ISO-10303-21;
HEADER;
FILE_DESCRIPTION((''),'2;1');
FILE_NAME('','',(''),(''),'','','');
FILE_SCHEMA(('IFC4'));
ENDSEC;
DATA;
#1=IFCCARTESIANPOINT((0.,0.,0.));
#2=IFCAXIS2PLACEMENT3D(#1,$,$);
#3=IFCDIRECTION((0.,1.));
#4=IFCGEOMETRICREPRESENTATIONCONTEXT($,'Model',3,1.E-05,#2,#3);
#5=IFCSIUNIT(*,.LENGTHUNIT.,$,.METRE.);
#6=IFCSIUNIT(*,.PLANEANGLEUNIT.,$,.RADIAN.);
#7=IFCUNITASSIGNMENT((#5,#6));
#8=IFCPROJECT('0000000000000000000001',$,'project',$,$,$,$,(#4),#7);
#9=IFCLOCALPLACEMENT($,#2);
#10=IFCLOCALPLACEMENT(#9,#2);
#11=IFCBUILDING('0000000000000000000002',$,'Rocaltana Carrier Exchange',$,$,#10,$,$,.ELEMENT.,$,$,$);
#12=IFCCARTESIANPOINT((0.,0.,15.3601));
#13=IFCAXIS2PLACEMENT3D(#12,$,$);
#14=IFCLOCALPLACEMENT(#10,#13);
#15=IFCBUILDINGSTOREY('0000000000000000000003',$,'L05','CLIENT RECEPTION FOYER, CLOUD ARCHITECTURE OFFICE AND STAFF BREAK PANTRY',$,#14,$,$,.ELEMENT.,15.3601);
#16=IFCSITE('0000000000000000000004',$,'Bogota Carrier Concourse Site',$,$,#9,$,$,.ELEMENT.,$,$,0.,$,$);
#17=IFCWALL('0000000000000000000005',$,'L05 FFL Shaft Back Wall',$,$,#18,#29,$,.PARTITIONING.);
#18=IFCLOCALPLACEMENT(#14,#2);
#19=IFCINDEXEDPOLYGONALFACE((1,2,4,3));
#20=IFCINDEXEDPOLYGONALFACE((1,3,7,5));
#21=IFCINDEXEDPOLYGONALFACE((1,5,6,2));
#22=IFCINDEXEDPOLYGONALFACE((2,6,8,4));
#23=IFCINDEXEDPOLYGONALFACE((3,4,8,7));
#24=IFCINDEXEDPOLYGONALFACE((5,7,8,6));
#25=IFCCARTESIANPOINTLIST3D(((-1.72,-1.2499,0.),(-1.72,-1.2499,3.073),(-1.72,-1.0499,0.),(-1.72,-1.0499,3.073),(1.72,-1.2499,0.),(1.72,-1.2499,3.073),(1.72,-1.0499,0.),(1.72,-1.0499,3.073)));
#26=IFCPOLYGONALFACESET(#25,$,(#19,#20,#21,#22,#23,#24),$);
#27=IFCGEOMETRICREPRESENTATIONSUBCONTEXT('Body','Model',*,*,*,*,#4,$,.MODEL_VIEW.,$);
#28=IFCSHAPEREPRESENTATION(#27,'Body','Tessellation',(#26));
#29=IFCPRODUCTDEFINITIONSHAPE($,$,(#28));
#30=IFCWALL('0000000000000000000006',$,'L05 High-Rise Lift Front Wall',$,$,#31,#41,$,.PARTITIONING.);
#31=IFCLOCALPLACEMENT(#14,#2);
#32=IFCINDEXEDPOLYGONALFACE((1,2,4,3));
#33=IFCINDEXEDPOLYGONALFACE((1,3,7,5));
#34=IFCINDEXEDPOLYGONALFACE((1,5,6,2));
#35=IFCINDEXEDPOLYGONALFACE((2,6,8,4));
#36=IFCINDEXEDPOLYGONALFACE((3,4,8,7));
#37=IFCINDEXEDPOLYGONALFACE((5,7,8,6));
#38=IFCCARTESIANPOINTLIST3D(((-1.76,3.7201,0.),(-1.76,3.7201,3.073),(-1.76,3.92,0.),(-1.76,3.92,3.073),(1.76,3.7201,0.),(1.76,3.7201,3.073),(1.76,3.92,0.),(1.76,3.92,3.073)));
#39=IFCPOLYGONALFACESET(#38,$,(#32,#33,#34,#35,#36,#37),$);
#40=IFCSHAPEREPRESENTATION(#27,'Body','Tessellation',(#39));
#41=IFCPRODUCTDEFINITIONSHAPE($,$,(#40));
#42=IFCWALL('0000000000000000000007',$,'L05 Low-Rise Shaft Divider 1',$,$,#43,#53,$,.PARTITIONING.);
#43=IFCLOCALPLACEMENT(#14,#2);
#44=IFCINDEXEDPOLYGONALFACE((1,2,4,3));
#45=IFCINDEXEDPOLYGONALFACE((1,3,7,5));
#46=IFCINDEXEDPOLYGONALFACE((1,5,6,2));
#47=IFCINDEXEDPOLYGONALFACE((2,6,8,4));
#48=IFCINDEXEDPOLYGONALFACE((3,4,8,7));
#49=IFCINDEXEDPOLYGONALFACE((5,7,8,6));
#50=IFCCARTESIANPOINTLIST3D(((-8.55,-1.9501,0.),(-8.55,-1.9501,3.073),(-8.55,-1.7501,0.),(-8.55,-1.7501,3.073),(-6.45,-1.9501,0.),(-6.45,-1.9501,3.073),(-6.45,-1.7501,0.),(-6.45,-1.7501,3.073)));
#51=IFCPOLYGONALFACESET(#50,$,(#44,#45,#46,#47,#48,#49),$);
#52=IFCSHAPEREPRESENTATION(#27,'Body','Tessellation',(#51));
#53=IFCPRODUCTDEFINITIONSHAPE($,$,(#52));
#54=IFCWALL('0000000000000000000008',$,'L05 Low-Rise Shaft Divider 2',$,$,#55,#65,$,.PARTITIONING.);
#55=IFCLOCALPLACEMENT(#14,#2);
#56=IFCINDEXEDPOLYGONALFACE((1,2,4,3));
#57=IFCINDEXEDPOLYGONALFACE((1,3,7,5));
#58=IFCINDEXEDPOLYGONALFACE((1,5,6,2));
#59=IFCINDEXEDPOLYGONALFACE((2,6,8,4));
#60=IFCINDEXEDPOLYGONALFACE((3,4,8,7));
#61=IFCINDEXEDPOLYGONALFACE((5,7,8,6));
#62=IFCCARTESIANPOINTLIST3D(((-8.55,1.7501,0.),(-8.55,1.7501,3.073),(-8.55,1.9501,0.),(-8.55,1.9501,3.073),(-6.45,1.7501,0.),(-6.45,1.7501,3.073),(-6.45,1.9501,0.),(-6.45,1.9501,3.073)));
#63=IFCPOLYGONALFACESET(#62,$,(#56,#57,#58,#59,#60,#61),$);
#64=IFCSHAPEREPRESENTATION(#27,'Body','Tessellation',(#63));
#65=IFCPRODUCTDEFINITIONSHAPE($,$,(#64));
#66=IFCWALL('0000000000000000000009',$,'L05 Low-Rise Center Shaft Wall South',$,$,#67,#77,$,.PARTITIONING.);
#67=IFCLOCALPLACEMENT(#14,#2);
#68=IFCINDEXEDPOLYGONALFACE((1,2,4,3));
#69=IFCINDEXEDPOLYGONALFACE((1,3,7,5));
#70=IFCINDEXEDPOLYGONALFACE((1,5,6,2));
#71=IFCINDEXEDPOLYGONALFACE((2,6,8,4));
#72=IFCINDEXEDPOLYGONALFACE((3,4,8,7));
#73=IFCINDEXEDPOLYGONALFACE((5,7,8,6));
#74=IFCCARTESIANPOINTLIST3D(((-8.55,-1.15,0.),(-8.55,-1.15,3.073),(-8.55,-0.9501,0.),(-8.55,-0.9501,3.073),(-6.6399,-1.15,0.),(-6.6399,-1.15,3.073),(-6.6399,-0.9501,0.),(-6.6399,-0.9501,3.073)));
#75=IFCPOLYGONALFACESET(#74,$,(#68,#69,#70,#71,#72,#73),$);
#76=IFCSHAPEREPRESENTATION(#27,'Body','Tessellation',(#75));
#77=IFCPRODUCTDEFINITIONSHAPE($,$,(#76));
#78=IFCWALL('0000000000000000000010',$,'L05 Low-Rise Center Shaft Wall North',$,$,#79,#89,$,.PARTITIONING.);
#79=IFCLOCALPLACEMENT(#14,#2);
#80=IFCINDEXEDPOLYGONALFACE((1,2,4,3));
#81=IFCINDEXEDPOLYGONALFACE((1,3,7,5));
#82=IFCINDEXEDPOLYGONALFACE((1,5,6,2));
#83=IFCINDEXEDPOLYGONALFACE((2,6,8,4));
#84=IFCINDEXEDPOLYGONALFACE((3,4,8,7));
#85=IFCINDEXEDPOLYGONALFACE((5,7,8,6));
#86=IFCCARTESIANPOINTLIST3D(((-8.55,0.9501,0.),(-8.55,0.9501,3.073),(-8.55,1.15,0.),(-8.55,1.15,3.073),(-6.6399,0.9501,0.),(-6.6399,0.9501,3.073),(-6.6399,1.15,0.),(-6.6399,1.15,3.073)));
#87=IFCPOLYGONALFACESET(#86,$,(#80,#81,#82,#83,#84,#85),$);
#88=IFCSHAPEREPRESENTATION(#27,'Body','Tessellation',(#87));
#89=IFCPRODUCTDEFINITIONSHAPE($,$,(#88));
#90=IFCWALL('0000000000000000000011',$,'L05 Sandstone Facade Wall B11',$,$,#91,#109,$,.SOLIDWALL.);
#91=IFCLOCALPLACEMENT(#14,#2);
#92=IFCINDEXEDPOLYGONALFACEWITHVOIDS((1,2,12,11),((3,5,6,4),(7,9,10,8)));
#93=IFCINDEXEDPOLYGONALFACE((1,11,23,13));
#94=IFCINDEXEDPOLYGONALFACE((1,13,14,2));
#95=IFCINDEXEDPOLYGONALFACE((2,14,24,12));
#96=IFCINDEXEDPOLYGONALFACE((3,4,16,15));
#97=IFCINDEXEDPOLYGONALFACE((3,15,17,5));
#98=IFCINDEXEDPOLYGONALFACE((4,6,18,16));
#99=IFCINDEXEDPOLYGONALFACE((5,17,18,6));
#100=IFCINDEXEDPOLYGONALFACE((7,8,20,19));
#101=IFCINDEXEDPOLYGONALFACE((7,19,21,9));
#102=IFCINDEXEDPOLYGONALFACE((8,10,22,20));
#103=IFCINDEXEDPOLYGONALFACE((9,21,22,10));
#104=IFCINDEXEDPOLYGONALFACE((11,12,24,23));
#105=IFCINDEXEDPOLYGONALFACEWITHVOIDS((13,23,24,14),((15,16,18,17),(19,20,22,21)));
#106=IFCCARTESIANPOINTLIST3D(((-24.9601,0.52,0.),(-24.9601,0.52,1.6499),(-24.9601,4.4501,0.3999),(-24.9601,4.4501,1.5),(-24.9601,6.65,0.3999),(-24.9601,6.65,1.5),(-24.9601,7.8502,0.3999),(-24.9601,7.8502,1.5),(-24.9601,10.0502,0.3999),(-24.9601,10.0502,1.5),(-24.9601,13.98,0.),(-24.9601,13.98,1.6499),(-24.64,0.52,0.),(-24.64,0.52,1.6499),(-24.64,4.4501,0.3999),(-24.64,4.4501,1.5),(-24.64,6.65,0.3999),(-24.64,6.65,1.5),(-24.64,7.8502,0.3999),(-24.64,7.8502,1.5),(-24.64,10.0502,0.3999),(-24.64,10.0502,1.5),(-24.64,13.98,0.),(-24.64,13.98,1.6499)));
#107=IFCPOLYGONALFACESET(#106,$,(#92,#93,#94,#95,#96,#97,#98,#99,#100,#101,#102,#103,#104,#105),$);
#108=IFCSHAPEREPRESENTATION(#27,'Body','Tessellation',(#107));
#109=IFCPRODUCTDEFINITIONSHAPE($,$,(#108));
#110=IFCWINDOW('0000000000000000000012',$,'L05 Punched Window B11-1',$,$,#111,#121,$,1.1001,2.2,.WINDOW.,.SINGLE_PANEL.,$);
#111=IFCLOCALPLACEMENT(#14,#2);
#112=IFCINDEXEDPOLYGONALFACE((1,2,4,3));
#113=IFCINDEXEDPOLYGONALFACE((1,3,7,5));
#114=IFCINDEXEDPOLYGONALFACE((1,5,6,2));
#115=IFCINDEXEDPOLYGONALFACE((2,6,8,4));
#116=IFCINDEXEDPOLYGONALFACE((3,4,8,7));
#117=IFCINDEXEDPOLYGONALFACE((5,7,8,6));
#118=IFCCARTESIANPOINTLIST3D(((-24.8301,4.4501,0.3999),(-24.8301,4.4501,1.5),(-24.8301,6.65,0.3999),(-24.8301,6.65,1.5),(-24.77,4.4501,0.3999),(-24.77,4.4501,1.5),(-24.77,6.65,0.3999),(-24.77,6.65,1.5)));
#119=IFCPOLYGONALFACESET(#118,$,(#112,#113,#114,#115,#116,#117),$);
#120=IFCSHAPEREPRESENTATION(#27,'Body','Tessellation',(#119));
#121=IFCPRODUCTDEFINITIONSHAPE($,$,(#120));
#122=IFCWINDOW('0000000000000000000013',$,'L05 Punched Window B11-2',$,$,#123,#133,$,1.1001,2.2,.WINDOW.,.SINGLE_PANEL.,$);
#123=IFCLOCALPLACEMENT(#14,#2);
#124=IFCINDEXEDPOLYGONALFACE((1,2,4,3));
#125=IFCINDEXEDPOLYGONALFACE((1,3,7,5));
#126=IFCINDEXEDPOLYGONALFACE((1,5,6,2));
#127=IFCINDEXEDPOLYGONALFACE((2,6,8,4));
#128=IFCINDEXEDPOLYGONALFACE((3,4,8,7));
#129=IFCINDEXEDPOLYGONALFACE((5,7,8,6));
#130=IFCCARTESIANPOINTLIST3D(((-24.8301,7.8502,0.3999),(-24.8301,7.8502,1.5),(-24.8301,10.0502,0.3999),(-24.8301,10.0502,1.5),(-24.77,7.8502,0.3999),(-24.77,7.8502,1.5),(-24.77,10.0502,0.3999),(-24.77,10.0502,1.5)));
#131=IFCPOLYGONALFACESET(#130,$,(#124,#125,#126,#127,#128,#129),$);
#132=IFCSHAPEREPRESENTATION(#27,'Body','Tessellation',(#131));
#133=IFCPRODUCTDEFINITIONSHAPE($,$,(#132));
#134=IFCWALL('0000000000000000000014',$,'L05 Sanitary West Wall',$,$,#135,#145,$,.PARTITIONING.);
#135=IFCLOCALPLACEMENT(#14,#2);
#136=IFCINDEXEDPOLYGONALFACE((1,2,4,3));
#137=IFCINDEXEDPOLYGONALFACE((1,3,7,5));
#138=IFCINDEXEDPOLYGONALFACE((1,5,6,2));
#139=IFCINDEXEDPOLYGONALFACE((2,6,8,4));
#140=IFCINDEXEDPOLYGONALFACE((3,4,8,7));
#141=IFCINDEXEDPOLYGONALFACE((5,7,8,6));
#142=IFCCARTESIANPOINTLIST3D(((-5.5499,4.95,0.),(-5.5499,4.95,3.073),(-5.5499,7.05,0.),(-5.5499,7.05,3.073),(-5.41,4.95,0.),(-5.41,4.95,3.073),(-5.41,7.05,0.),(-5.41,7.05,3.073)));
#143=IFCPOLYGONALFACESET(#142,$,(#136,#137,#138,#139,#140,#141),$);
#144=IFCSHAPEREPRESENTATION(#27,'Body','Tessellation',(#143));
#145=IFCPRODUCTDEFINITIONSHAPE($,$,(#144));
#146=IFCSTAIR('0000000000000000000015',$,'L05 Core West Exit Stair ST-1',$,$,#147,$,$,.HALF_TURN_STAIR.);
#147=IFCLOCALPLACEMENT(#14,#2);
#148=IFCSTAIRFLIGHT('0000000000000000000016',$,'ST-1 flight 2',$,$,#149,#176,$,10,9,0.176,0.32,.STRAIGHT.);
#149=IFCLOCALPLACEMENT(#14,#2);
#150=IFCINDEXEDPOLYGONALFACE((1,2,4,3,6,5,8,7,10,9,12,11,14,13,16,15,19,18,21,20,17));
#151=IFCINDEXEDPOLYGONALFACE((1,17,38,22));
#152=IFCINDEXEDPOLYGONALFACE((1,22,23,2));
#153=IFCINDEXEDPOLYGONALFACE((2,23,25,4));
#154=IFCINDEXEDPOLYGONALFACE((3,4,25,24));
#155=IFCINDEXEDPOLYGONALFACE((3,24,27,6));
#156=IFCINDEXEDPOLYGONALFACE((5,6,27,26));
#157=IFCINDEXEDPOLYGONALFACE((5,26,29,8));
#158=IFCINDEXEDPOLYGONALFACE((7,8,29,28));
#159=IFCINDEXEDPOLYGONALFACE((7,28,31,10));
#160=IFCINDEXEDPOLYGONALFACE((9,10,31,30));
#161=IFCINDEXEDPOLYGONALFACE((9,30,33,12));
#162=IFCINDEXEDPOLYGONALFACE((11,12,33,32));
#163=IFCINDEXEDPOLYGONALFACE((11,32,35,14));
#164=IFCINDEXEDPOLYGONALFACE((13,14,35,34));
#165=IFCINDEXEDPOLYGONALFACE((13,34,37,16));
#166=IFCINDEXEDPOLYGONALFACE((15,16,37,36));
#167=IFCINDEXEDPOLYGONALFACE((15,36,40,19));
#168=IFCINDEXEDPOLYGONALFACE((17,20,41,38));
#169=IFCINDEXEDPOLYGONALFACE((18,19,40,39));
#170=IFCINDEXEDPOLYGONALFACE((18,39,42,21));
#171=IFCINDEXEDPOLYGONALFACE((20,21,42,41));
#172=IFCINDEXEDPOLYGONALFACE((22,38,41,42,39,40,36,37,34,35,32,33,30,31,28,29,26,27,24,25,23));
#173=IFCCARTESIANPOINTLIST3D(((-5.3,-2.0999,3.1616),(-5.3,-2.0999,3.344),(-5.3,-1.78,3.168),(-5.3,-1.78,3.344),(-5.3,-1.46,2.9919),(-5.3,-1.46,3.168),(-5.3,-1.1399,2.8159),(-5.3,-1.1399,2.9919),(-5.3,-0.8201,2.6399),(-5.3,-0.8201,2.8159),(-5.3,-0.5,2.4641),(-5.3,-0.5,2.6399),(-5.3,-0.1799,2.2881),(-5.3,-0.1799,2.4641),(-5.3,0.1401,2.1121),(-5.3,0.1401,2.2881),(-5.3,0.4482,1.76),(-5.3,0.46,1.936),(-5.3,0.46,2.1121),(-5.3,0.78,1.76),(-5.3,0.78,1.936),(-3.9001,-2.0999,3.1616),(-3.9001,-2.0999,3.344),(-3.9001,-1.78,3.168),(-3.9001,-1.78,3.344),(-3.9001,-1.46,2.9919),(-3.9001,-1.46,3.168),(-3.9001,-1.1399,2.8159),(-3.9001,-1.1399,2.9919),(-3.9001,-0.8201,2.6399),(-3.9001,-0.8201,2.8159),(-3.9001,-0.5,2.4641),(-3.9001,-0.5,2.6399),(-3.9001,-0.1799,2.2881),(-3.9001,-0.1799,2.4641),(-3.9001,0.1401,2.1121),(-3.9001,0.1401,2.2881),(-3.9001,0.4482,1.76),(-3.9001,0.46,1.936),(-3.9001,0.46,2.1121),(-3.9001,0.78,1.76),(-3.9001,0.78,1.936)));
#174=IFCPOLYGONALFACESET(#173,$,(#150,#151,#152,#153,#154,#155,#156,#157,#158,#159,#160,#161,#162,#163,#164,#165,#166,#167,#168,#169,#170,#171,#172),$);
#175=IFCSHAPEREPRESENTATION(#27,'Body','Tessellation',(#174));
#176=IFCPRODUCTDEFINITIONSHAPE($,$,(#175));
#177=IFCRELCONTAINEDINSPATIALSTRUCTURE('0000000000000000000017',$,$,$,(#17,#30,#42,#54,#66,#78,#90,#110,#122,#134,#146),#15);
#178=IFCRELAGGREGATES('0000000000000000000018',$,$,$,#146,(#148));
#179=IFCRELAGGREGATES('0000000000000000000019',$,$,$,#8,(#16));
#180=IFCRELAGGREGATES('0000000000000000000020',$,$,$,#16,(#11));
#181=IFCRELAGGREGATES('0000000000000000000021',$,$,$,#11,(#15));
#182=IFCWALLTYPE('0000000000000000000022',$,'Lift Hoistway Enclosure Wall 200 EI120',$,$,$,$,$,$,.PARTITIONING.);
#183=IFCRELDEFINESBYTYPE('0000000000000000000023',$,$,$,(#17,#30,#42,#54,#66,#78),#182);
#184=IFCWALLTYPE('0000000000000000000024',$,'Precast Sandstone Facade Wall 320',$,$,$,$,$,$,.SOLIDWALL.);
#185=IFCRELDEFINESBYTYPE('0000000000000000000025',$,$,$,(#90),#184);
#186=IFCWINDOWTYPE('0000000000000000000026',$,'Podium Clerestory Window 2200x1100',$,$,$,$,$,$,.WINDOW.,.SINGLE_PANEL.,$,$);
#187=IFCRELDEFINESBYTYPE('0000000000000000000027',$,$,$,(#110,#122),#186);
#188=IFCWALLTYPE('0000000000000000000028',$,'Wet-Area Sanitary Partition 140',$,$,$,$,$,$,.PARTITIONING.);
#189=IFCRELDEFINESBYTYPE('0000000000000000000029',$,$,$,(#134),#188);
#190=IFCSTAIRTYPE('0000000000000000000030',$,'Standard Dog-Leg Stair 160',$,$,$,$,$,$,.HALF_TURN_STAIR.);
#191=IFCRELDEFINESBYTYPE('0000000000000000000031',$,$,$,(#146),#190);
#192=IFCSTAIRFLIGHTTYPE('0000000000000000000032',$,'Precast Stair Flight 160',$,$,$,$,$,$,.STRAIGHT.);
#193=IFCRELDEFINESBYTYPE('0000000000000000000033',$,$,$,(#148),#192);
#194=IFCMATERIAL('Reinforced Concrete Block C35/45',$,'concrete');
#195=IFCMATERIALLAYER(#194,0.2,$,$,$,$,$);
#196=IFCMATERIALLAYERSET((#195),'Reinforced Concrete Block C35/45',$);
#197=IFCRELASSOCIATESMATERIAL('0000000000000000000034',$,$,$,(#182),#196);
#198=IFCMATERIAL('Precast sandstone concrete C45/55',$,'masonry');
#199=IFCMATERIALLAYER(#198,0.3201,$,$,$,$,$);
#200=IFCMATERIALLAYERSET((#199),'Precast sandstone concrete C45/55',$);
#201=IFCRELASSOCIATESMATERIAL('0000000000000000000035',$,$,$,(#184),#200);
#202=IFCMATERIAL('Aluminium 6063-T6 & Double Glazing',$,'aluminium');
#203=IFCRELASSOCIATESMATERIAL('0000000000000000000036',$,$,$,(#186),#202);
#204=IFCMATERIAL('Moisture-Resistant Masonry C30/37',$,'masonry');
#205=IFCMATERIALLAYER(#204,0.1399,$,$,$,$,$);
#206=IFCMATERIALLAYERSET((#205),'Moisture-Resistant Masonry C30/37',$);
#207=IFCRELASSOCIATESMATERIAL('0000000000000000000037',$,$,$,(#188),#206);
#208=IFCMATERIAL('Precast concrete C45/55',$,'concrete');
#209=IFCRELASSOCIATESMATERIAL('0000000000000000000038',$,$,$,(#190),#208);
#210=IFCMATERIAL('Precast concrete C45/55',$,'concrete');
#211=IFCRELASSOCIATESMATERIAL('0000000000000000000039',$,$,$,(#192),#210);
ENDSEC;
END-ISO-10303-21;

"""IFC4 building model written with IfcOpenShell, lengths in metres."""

from ifc_helpers import new_model, si_unit, direction, frame, frame_2d, origin, place, context, subcontext, project, spatial, polyline, rectangle, outline, extrude, material, layer, layer_set, type_object, element, fill, aggregate, save


model = new_model("IFC4")

# Units and contexts
model_context = context("Model", 3, precision=1e-05, world=origin(), true_north=direction((0.0, 1.0)))
body_context = subcontext(model_context, "Body", "Model", "MODEL_VIEW")
ifc_project = project(units=[si_unit("LENGTHUNIT", "METRE"), si_unit("PLANEANGLEUNIT", "RADIAN")], contexts=[model_context])

# Site, building, storey
site_placement = place(None, origin())
site = spatial("IfcSite", under=ifc_project, at=site_placement, Name="Bogota Carrier Concourse Site", CompositionType="ELEMENT", RefElevation=0.0)
building_placement = place(site_placement, origin())
building = spatial("IfcBuilding", under=site, at=building_placement, Name="Rocaltana Carrier Exchange", CompositionType="ELEMENT")
storey_placement = place(building_placement, frame((0.0, 0.0, 15.3601)))
storey = spatial("IfcBuildingStorey", under=building, at=storey_placement, Name="L05", Description="CLIENT RECEPTION FOYER, CLOUD ARCHITECTURE OFFICE AND STAFF BREAK PANTRY", CompositionType="ELEMENT", Elevation=15.3601)

# Walls
ifc_material_1 = material(Name="Reinforced Concrete Block C35/45", Category="concrete")
ifc_layer_1 = layer(ifc_material_1, 0.2)
ifc_layer_set_1 = layer_set([ifc_layer_1], Name="Reinforced Concrete Block C35/45")
wall_type_1 = type_object("IfcWallType", Name="Lift Hoistway Enclosure Wall 200 EI120", PredefinedType="PARTITIONING", material=ifc_layer_set_1)
wall_1_placement = place(storey_placement, frame((-1.72, -1.1499, 0.0), z_axis=(0.0, 0.0, 1.0), x_axis=(1.0, 0.0, 0.0)))
element("IfcWall", 1, at=wall_1_placement, inside=storey, type_object=wall_type_1, Name="L05 FFL Shaft Back Wall", PredefinedType="PARTITIONING", context=body_context, shape_type="SweptSolid", body=[
    extrude(rectangle(XDim=3.4399, YDim=0.2, at=frame_2d((1.72, 0.0))), origin(), (0.0, 0.0, 1.0), 3.073),
])
wall_2_placement = place(storey_placement, frame((-1.76, 3.8201, 0.0), z_axis=(0.0, 0.0, 1.0), x_axis=(1.0, 0.0, 0.0)))
element("IfcWall", 2, at=wall_2_placement, inside=storey, type_object=wall_type_1, Name="L05 High-Rise Lift Front Wall", PredefinedType="PARTITIONING", context=body_context, shape_type="SweptSolid", body=[
    extrude(rectangle(XDim=3.52, YDim=0.2, at=frame_2d((1.76, 0.0))), origin(), (0.0, 0.0, 1.0), 3.073),
])
for number, where, z_axis, x_axis, name in (
    (3, (-8.55, -1.8501, 0.0), (0.0, 0.0, 1.0), (1.0, 0.0, 0.0), "L05 Low-Rise Shaft Divider 1"),
    (4, (-8.55, 1.8501, 0.0), (0.0, 0.0, 1.0), (1.0, 0.0, 0.0), "L05 Low-Rise Shaft Divider 2"),
):
    element("IfcWall", number, at=place(storey_placement, frame(where, z_axis=z_axis, x_axis=x_axis)), inside=storey, type_object=wall_type_1, Name=name, PredefinedType="PARTITIONING", context=body_context, shape_type="SweptSolid", body=[
        extrude(rectangle(XDim=2.1001, YDim=0.2, at=frame_2d((1.05, 0.0))), origin(), (0.0, 0.0, 1.0), 3.073),
    ])
for number, where, z_axis, x_axis, name in (
    (5, (-8.55, -1.05, 0.0), (0.0, 0.0, 1.0), (1.0, 0.0, 0.0), "L05 Low-Rise Center Shaft Wall South"),
    (6, (-8.55, 1.05, 0.0), (0.0, 0.0, 1.0), (1.0, 0.0, 0.0), "L05 Low-Rise Center Shaft Wall North"),
):
    element("IfcWall", number, at=place(storey_placement, frame(where, z_axis=z_axis, x_axis=x_axis)), inside=storey, type_object=wall_type_1, Name=name, PredefinedType="PARTITIONING", context=body_context, shape_type="SweptSolid", body=[
        extrude(rectangle(XDim=1.9102, YDim=0.2, at=frame_2d((0.9551, 0.0))), origin(), (0.0, 0.0, 1.0), 3.073),
    ])

# Wall, openings, windows
ifc_material_2 = material(Name="Precast sandstone concrete C45/55", Category="masonry")
ifc_layer_2 = layer(ifc_material_2, 0.3201)
ifc_layer_set_2 = layer_set([ifc_layer_2], Name="Precast sandstone concrete C45/55")
wall_type_2 = type_object("IfcWallType", Name="Precast Sandstone Facade Wall 320", PredefinedType="SOLIDWALL", material=ifc_layer_set_2)
wall_3_placement = place(storey_placement, frame((-24.8, 0.52, 0.0), z_axis=(0.0, 0.0, 1.0), x_axis=(0.0, 1.0, 0.0)))
wall_3 = element("IfcWall", 7, at=wall_3_placement, inside=storey, type_object=wall_type_2, Name="L05 Sandstone Facade Wall B11", PredefinedType="SOLIDWALL", context=body_context, shape_type="SweptSolid", body=[
    extrude(rectangle(XDim=13.46, YDim=0.3201, at=frame_2d((6.73, 0.0))), origin(), (0.0, 0.0, 1.0), 1.6499),
])
opening_1_placement = place(wall_3_placement, frame((3.9299, 0.0, 0.3999)))
opening_1 = element("IfcOpeningElement", 8, at=opening_1_placement, cuts=wall_3, PredefinedType="OPENING", context=body_context, shape_type="SweptSolid", body=[
    extrude(rectangle(XDim=2.2, YDim=1.1001, at=frame_2d((1.1001, 0.55))), frame((0.0, 0.1699, 0.0), z_axis=(0.0, -1.0, 0.0), x_axis=(1.0, 0.0, 0.0)), (0.0, 0.0, 1.0), 0.3401),
])
opening_2_placement = place(wall_3_placement, frame((7.3301, 0.0, 0.3999)))
opening_2 = element("IfcOpeningElement", 9, at=opening_2_placement, cuts=wall_3, PredefinedType="OPENING", context=body_context, shape_type="SweptSolid", body=[
    extrude(rectangle(XDim=2.2, YDim=1.1001, at=frame_2d((1.1001, 0.55))), frame((0.0, 0.1699, 0.0), z_axis=(0.0, -1.0, 0.0), x_axis=(1.0, 0.0, 0.0)), (0.0, 0.0, 1.0), 0.3401),
])
ifc_material_3 = material(Name="Aluminium 6063-T6 & Double Glazing", Category="aluminium")
window_type = type_object("IfcWindowType", Name="Podium Clerestory Window 2200x1100", PartitioningType="SINGLE_PANEL", PredefinedType="WINDOW", material=ifc_material_3)
window_1_placement = place(opening_1_placement, origin())
window_1 = element("IfcWindow", 10, at=window_1_placement, inside=storey, type_object=window_type, Name="L05 Punched Window B11-1", OverallHeight=1.1001, OverallWidth=2.2, PartitioningType="SINGLE_PANEL", PredefinedType="WINDOW", context=body_context, shape_type="SweptSolid", body=[
    extrude(rectangle(XDim=2.2, YDim=1.1001, at=frame_2d((1.1001, 0.55))), frame((0.0, 0.03, 0.0), z_axis=(0.0, -1.0, 0.0), x_axis=(1.0, 0.0, 0.0)), (0.0, 0.0, 1.0), 0.0601),
])
fill(opening_1, window_1)
window_2_placement = place(opening_2_placement, origin())
window_2 = element("IfcWindow", 11, at=window_2_placement, inside=storey, type_object=window_type, Name="L05 Punched Window B11-2", OverallHeight=1.1001, OverallWidth=2.2, PartitioningType="SINGLE_PANEL", PredefinedType="WINDOW", context=body_context, shape_type="SweptSolid", body=[
    extrude(rectangle(XDim=2.2, YDim=1.1001, at=frame_2d((1.1001, 0.55))), frame((0.0, 0.03, 0.0), z_axis=(0.0, -1.0, 0.0), x_axis=(1.0, 0.0, 0.0)), (0.0, 0.0, 1.0), 0.0601),
])
fill(opening_2, window_2)

# Wall
ifc_material_4 = material(Name="Moisture-Resistant Masonry C30/37", Category="masonry")
ifc_layer_3 = layer(ifc_material_4, 0.1399)
ifc_layer_set_3 = layer_set([ifc_layer_3], Name="Moisture-Resistant Masonry C30/37")
wall_type_3 = type_object("IfcWallType", Name="Wet-Area Sanitary Partition 140", PredefinedType="PARTITIONING", material=ifc_layer_set_3)
wall_4_placement = place(storey_placement, frame((-5.48, 4.95, 0.0), z_axis=(0.0, 0.0, 1.0), x_axis=(0.0, 1.0, 0.0)))
element("IfcWall", 12, at=wall_4_placement, inside=storey, type_object=wall_type_3, Name="L05 Sanitary West Wall", PredefinedType="PARTITIONING", context=body_context, shape_type="SweptSolid", body=[
    extrude(rectangle(XDim=2.1001, YDim=0.1399, at=frame_2d((1.05, 0.0))), origin(), (0.0, 0.0, 1.0), 3.073),
])

# Stair, stair flight
ifc_material_5 = material(Name="Precast concrete C45/55", Category="concrete")
stair_type = type_object("IfcStairType", Name="Standard Dog-Leg Stair 160", PredefinedType="HALF_TURN_STAIR", material=ifc_material_5)
stair_placement = place(storey_placement, origin())
stair = element("IfcStair", 13, at=stair_placement, inside=storey, type_object=stair_type, Name="L05 Core West Exit Stair ST-1", PredefinedType="HALF_TURN_STAIR")
ifc_material_6 = material(Name="Precast concrete C45/55", Category="concrete")
stair_flight_type = type_object("IfcStairFlightType", Name="Precast Stair Flight 160", PredefinedType="STRAIGHT", material=ifc_material_6)
stair_flight_placement = place(storey_placement, frame((-4.6001, 0.78, 1.76), z_axis=(0.0, 0.0, 1.0), x_axis=(0.0, -1.0, 0.0)))
stair_flight = element("IfcStairFlight", 14, at=stair_flight_placement, type_object=stair_flight_type, Name="ST-1 flight 2", NumberOfRisers=10, NumberOfTreads=9, PredefinedType="STRAIGHT", RiserHeight=0.176, TreadLength=0.32, context=body_context, shape_type="SweptSolid", body=[
    extrude(outline(polyline([(0.0, 0.0), (0.0, 0.176), (0.3201, 0.176), (0.3201, 0.3521), (0.6399, 0.3521), (0.6399, 0.5281), (0.96, 0.5281), (0.96, 0.7041), (1.28, 0.7041), (1.28, 0.8799), (1.6001, 0.8799), (1.6001, 1.0559), (1.9199, 1.0559), (1.9199, 1.2319), (2.24, 1.2319), (2.24, 1.408), (2.5601, 1.408), (2.5601, 1.584), (2.8799, 1.584), (2.8799, 1.76), (2.8799, 1.4016), (0.3318, 0.0), (0.0, 0.0)])), frame((0.0, 0.7, 0.0), z_axis=(0.0, -1.0, 0.0), x_axis=(1.0, 0.0, 0.0)), (0.0, 0.0, 1.0), 1.3999),
])
aggregate(stair, [stair_flight])

save(model, "model.ifc")
